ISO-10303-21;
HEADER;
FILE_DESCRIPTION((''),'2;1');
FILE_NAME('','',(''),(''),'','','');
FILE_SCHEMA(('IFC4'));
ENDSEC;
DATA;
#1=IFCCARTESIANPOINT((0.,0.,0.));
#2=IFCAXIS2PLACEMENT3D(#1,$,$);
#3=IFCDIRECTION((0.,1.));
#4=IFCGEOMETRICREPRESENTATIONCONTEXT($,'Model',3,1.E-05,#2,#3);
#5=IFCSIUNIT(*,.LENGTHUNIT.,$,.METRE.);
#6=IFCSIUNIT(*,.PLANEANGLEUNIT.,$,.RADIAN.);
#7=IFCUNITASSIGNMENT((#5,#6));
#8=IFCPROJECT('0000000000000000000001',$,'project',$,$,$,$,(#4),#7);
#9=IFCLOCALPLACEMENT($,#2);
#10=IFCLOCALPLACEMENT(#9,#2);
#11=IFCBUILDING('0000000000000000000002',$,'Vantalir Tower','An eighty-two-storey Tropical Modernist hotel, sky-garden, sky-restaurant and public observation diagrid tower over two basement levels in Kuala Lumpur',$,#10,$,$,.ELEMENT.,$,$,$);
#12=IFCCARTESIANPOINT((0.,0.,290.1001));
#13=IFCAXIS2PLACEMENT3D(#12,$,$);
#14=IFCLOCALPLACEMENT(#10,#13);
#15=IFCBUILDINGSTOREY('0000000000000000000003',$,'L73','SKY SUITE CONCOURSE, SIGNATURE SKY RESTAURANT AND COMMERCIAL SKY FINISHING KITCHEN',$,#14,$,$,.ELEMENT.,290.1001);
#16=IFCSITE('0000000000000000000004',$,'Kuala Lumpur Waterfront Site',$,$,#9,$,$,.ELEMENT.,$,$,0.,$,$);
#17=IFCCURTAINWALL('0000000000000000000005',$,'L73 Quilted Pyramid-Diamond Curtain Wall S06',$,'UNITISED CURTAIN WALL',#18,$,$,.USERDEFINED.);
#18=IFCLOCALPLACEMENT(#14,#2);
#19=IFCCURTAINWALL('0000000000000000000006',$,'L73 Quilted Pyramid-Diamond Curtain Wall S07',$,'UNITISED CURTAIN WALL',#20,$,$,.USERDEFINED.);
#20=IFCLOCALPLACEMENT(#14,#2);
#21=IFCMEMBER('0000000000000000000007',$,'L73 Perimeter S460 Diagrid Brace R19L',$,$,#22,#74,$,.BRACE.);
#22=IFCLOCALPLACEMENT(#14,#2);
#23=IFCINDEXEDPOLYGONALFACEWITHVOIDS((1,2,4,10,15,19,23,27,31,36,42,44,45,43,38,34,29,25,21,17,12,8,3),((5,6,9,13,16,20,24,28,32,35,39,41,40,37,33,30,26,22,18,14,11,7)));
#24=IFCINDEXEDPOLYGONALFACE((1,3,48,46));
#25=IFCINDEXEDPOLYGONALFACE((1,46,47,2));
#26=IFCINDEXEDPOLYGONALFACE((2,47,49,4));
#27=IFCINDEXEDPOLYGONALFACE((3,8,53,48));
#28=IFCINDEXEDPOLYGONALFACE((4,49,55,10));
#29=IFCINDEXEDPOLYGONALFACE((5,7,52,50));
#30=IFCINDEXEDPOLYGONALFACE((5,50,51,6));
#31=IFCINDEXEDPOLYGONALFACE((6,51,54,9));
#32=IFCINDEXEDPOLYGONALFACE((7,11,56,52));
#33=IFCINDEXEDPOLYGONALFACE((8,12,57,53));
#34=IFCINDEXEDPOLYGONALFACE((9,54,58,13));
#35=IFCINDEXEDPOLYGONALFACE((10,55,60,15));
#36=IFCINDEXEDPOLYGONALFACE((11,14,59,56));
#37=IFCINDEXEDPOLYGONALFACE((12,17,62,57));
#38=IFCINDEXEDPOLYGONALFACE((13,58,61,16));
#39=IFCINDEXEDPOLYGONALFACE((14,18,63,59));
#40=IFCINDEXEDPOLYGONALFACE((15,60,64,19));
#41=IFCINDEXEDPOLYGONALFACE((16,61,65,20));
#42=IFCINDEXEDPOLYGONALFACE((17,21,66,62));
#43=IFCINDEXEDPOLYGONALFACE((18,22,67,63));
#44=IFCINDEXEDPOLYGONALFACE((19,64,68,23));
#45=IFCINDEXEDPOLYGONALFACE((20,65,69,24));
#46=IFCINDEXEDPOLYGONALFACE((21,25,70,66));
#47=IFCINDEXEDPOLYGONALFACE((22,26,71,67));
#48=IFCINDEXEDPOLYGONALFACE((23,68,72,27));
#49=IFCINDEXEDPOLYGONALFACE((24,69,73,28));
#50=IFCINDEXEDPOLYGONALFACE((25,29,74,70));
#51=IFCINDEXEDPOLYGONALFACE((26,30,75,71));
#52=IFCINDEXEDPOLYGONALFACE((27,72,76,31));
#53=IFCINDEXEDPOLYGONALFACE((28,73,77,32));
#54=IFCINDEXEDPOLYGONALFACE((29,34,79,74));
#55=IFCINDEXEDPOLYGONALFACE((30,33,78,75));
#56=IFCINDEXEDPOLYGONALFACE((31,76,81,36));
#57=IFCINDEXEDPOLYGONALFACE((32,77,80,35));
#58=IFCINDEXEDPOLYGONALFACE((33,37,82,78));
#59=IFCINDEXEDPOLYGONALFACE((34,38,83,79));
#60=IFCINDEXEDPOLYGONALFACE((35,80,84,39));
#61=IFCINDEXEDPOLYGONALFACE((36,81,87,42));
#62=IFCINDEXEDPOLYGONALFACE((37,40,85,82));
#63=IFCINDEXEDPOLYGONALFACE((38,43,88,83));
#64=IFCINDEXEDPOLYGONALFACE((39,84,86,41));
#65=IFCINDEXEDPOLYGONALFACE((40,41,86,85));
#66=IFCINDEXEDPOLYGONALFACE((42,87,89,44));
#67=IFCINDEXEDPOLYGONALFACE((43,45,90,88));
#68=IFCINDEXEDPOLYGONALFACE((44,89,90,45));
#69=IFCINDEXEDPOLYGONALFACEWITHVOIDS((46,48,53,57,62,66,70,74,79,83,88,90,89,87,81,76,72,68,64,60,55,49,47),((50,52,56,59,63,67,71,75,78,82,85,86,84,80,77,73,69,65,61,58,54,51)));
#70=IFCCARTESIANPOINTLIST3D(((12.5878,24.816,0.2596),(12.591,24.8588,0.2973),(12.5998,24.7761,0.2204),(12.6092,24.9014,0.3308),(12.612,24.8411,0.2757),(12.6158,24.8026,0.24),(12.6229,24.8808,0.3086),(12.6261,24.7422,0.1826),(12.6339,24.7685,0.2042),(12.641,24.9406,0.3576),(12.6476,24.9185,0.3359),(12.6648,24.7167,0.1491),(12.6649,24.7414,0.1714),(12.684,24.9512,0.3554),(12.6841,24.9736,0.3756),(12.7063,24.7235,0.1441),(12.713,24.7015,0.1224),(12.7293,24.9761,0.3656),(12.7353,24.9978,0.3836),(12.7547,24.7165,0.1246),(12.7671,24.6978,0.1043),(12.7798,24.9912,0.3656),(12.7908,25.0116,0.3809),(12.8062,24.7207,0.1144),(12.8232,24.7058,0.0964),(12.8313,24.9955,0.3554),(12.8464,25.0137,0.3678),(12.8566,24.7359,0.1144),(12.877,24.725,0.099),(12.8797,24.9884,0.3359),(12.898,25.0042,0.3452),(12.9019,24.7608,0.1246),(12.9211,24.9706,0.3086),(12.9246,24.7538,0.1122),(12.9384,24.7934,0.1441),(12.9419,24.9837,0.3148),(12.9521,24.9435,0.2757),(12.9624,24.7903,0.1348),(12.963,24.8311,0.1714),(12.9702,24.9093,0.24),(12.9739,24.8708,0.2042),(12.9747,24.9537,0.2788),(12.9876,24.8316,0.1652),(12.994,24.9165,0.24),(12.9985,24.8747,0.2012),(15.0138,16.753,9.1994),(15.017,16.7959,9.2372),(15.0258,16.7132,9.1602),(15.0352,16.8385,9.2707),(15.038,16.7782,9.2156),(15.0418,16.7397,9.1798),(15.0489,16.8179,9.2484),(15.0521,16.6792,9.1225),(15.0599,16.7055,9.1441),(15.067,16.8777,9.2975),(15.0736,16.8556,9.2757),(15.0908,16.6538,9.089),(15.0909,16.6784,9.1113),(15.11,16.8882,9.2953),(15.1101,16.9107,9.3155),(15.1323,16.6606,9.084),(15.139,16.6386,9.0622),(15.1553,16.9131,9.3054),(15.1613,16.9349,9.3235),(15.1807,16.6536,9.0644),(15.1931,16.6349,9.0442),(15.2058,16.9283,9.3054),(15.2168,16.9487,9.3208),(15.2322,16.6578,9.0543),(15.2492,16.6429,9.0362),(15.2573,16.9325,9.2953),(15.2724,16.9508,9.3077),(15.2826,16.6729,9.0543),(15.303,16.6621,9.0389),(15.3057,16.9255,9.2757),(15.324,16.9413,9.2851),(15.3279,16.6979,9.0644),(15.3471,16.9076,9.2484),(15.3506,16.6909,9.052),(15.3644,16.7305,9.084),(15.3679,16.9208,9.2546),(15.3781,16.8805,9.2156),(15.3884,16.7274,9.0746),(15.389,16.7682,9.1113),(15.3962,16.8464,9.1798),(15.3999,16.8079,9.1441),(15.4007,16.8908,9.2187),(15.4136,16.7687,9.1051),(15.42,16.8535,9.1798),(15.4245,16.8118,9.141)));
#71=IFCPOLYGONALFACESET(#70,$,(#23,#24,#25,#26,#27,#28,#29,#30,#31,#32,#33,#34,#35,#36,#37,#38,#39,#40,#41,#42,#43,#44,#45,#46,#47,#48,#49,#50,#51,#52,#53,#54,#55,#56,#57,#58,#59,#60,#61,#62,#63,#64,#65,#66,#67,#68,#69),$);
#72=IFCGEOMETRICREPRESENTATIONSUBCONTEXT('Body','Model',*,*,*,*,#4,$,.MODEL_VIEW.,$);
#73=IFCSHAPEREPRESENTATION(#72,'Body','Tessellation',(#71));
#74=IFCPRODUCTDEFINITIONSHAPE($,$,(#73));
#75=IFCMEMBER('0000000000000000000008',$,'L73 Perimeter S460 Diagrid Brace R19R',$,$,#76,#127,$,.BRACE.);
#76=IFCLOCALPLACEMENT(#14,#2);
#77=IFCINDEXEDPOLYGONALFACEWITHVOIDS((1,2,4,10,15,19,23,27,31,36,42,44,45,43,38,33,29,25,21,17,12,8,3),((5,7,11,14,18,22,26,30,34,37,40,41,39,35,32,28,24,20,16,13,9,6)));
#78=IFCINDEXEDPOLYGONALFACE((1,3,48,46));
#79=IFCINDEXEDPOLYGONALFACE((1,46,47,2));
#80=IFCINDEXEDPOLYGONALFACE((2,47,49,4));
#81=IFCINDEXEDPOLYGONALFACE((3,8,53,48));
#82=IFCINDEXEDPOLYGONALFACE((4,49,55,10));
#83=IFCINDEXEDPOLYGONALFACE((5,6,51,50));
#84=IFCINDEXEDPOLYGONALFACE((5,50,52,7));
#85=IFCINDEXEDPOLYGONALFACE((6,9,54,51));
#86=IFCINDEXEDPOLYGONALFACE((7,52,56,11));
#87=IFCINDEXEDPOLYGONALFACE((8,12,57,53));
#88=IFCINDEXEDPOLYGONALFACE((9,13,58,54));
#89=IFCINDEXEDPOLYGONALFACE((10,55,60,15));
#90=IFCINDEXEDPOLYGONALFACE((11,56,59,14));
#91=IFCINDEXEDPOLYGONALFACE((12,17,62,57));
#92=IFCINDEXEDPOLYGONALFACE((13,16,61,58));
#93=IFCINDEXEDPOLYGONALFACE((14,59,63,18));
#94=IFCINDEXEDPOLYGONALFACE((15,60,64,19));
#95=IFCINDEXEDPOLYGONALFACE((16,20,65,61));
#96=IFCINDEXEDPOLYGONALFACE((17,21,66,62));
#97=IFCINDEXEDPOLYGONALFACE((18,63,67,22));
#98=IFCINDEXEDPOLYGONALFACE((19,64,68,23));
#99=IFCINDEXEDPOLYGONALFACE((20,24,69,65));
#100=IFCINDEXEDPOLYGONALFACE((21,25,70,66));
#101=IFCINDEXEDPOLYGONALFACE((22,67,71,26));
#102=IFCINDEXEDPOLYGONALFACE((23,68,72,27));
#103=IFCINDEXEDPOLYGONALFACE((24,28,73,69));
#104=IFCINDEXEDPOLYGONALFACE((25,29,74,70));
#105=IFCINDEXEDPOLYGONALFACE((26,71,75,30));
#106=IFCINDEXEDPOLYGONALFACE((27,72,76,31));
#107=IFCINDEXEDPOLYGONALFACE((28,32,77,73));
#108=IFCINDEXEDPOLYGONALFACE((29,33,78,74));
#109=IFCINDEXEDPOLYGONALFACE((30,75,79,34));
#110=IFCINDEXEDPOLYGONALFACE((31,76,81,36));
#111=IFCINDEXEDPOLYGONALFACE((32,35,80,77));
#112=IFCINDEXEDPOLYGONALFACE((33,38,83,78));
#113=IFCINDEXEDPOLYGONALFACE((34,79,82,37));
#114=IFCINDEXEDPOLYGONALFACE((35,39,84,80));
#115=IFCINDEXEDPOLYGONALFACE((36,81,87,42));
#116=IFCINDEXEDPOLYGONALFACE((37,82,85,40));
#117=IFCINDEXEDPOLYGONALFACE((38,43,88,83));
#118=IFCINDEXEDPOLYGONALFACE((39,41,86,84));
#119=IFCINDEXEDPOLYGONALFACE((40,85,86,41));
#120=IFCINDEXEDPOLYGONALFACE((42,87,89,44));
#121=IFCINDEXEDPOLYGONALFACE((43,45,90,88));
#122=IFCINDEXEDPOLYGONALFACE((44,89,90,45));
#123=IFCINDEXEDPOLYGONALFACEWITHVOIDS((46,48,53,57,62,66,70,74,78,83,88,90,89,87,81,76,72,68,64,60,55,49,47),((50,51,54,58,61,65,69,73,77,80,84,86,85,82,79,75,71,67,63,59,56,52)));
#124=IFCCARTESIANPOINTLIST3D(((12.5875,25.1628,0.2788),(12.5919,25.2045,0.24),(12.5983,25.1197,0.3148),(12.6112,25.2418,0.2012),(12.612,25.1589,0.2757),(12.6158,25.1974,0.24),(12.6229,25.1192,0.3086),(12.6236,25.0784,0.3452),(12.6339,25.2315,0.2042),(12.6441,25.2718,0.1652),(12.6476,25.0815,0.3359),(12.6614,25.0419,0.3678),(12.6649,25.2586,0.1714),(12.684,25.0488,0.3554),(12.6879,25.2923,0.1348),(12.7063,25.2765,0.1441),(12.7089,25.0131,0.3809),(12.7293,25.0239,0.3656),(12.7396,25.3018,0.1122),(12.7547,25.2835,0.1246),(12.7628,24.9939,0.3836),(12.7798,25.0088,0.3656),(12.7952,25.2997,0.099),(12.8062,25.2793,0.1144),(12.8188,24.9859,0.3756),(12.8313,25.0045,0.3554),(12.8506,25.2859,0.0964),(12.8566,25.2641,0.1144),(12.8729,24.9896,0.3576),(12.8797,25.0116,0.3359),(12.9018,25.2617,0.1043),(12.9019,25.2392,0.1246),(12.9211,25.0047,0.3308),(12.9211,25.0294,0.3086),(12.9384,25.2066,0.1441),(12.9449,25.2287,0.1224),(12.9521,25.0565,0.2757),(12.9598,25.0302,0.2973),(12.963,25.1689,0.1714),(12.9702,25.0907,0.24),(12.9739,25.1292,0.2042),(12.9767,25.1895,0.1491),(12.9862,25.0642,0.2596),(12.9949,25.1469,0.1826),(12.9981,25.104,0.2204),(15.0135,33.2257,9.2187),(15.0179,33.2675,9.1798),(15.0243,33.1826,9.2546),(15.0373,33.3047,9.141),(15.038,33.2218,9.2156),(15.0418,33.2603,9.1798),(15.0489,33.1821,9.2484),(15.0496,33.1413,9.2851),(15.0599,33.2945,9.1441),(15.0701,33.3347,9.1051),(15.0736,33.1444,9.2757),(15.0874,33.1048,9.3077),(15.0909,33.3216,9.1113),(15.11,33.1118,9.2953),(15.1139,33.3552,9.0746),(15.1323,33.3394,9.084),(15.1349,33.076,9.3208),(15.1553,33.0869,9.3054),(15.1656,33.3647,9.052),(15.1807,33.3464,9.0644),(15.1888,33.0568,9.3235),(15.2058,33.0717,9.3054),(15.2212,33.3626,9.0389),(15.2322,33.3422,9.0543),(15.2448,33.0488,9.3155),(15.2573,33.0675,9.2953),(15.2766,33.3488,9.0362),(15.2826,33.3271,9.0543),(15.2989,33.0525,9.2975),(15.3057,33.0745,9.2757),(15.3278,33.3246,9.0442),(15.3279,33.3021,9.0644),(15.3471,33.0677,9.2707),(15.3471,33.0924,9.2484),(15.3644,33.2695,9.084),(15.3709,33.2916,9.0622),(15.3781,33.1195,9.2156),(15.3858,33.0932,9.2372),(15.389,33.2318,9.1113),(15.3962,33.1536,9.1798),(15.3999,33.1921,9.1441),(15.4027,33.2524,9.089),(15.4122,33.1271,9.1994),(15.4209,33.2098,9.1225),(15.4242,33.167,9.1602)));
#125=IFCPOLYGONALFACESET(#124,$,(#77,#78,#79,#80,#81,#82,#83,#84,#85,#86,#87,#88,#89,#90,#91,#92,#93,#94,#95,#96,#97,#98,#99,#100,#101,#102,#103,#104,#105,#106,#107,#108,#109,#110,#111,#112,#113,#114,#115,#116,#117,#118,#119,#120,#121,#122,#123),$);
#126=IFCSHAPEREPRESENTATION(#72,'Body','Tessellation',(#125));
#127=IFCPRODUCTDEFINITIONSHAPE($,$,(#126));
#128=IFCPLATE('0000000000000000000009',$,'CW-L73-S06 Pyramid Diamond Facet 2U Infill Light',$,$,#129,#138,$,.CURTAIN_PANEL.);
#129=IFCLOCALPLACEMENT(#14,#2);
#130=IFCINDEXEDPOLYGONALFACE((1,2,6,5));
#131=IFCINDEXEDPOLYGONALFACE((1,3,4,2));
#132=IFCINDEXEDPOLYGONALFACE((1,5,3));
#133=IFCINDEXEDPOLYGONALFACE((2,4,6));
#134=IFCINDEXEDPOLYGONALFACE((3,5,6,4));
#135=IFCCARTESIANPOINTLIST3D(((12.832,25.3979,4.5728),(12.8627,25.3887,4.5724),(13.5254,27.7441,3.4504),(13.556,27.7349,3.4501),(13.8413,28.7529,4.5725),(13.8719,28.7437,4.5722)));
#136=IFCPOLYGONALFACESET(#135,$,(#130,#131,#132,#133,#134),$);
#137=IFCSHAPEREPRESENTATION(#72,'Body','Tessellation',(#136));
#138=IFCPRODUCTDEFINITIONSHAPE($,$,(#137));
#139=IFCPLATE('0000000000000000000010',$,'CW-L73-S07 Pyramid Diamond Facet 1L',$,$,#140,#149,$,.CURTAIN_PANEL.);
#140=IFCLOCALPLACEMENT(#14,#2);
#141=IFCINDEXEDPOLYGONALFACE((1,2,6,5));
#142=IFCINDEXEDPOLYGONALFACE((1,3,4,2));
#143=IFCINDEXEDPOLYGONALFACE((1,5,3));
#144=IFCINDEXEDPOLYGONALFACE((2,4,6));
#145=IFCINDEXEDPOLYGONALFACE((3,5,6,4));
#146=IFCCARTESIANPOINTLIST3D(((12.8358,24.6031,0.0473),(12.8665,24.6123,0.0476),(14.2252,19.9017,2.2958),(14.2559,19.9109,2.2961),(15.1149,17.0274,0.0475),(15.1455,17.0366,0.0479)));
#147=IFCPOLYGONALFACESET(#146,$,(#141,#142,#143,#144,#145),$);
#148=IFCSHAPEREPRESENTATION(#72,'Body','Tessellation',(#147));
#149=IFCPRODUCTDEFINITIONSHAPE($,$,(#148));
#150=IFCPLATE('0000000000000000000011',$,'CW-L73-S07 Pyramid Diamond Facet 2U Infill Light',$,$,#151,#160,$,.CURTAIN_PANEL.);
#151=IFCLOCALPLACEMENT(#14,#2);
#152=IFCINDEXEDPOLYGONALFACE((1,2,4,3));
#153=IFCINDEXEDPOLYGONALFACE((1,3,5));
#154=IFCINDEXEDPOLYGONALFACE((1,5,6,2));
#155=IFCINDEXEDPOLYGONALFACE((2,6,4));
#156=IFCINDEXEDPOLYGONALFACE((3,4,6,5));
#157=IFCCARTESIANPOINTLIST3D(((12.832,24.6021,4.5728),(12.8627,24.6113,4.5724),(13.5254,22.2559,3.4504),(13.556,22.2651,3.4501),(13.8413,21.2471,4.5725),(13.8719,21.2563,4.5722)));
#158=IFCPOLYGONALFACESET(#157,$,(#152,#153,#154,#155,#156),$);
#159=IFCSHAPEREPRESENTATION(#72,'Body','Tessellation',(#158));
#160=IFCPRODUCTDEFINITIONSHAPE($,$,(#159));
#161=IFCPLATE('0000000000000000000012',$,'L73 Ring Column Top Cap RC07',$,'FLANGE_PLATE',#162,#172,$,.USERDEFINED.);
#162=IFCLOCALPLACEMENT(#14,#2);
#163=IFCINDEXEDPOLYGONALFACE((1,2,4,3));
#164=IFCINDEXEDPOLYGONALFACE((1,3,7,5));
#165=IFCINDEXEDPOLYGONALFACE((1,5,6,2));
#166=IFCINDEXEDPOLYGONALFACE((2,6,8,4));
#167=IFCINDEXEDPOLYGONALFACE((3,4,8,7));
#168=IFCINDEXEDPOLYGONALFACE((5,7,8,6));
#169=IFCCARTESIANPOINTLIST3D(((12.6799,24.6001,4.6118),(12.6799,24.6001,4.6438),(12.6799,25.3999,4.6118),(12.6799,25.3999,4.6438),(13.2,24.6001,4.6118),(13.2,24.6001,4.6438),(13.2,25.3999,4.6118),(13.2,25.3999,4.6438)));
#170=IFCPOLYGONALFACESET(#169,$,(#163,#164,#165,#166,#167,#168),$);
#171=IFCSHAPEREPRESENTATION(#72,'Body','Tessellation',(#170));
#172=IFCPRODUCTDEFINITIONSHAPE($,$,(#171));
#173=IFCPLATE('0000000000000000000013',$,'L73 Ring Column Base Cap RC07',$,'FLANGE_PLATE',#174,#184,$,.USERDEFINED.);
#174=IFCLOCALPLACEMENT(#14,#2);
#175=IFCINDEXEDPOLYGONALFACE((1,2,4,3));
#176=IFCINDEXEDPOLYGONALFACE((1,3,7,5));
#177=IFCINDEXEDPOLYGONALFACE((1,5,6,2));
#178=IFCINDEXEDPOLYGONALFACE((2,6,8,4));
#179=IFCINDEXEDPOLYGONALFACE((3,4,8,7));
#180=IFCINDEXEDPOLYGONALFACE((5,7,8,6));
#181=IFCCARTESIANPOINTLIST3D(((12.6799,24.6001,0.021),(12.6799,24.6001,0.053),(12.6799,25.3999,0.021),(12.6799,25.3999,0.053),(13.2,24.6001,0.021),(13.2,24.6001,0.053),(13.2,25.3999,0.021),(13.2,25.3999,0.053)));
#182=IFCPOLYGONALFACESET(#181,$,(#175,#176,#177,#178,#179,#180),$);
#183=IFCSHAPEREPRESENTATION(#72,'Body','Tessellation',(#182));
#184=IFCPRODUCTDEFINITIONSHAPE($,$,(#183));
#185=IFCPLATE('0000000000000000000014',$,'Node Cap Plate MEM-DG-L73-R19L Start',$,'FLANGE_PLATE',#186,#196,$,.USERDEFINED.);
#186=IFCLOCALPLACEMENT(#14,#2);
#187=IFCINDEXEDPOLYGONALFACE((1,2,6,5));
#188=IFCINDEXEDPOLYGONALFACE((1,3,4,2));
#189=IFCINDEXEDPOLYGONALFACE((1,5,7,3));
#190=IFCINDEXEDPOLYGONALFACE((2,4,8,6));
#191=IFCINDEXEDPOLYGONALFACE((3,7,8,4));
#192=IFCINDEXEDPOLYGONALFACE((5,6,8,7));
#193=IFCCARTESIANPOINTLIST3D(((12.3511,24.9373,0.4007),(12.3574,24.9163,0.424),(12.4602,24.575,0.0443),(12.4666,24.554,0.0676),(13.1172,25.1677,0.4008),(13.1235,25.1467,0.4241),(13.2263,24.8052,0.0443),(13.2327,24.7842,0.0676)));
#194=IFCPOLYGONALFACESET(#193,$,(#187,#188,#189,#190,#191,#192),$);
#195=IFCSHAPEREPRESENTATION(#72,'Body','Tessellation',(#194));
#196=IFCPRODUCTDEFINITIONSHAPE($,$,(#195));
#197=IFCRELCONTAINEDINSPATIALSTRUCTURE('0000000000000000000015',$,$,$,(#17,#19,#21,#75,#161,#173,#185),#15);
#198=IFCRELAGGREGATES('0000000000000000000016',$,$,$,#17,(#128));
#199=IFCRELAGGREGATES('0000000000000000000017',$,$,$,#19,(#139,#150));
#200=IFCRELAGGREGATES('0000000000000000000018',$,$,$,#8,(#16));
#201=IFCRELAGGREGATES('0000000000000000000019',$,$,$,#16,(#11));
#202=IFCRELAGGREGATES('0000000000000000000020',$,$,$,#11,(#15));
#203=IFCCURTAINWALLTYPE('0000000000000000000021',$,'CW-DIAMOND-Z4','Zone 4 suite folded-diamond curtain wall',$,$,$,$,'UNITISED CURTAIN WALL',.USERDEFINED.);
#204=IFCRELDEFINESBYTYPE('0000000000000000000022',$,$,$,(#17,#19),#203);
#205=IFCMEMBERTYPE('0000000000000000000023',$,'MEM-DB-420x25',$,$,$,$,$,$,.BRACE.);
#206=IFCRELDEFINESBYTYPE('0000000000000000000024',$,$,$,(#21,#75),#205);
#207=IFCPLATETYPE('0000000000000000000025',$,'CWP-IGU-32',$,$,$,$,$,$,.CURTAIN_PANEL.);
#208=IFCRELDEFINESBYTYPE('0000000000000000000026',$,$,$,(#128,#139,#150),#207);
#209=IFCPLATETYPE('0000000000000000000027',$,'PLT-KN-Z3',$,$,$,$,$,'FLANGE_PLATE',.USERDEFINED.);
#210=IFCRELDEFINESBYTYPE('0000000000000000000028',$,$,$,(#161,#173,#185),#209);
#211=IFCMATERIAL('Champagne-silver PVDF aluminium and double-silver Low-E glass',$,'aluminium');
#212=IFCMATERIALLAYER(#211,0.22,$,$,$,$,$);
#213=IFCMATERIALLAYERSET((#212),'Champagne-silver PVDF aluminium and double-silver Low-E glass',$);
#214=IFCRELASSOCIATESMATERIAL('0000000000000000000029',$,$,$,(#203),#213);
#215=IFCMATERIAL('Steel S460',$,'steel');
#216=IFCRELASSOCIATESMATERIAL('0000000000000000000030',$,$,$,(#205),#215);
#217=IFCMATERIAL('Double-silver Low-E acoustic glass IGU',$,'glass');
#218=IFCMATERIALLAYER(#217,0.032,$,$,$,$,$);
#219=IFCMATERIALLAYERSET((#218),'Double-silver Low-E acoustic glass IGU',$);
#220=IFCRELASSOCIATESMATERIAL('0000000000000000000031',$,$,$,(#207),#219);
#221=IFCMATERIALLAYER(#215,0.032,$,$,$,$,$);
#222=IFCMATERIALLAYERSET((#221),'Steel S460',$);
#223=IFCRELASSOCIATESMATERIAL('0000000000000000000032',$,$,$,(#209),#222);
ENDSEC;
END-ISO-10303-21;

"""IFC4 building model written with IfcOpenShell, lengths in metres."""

from ifc_helpers import new_model, si_unit, direction, frame, origin, origin_2d, place, context, subcontext, project, spatial, polyline, hollow_circle, outline, extrude, material, layer, layer_set, material_profile, profile_set, type_object, element, aggregate, save


model = new_model("IFC4")

# Units and contexts
model_context = context("Model", 3, precision=1e-05, world=origin(), true_north=direction((0.0, 1.0)))
body_context = subcontext(model_context, "Body", "Model", "MODEL_VIEW")
ifc_project = project(units=[si_unit("LENGTHUNIT", "METRE"), si_unit("PLANEANGLEUNIT", "RADIAN")], contexts=[model_context])

# Site, building, storey
site_placement = place(None, origin())
site = spatial("IfcSite", under=ifc_project, at=site_placement, Name="Kuala Lumpur Waterfront Site", CompositionType="ELEMENT", RefElevation=0.0)
building_placement = place(site_placement, origin())
building = spatial("IfcBuilding", under=site, at=building_placement, Name="Vantalir Tower", Description="An eighty-two-storey Tropical Modernist hotel, sky-garden, sky-restaurant and public observation diagrid tower over two basement levels in Kuala Lumpur", CompositionType="ELEMENT")
storey_placement = place(building_placement, frame((0.0, 0.0, 290.1001)))
storey = spatial("IfcBuildingStorey", under=building, at=storey_placement, Name="L73", Description="SKY SUITE CONCOURSE, SIGNATURE SKY RESTAURANT AND COMMERCIAL SKY FINISHING KITCHEN", CompositionType="ELEMENT", Elevation=290.1001)

# Shared definitions
ifc_material_1 = material(Name="Steel S460", Category="steel")

# Curtain wall
ifc_material_2 = material(Name="Champagne-silver PVDF aluminium and double-silver Low-E glass", Category="aluminium")
ifc_layer_1 = layer(ifc_material_2, 0.22)
ifc_layer_set_1 = layer_set([ifc_layer_1], Name="Champagne-silver PVDF aluminium and double-silver Low-E glass")
curtain_wall_type = type_object("IfcCurtainWallType", Name="CW-DIAMOND-Z4", Description="Zone 4 suite folded-diamond curtain wall", ElementType="UNITISED CURTAIN WALL", PredefinedType="USERDEFINED", material=ifc_layer_set_1)
curtain_wall_1_placement = place(storey_placement, origin())
curtain_wall_1 = element("IfcCurtainWall", 1, at=curtain_wall_1_placement, inside=storey, type_object=curtain_wall_type, Name="L73 Quilted Pyramid-Diamond Curtain Wall S06", ObjectType="UNITISED CURTAIN WALL", PredefinedType="USERDEFINED")

# Curtain wall
curtain_wall_2_placement = place(storey_placement, origin())
curtain_wall_2 = element("IfcCurtainWall", 2, at=curtain_wall_2_placement, inside=storey, type_object=curtain_wall_type, Name="L73 Quilted Pyramid-Diamond Curtain Wall S07", ObjectType="UNITISED CURTAIN WALL", PredefinedType="USERDEFINED")

# Members
ifc_material_profile_1 = material_profile(ifc_material_1, hollow_circle(Radius=0.21, WallThickness=0.0249, at=origin_2d()), Name="Steel S460")
ifc_profile_set_1 = profile_set([ifc_material_profile_1], Name="Steel S460")
member_type_1 = type_object("IfcMemberType", Name="MEM-DB-420x25", PredefinedType="BRACE", material=ifc_profile_set_1)
for number, where, z_axis, x_axis, name in (
    (3, (12.793, 24.856, 0.24), (0.197545, -0.656548, 0.727956), (0.957593, 0.288125, 0.0), "L73 Perimeter S460 Diagrid Brace R19L"),
    (4, (12.793, 25.144, 0.24), (0.197545, 0.656548, 0.727956), (-0.957593, 0.288125, 0.0), "L73 Perimeter S460 Diagrid Brace R19R"),
):
    element("IfcMember", number, at=place(storey_placement, frame(where, z_axis=z_axis, x_axis=x_axis)), inside=storey, type_object=member_type_1, Name=name, PredefinedType="BRACE", context=body_context, shape_type="SweptSolid", body=[
        extrude(hollow_circle(Radius=0.21, WallThickness=0.0249, at=origin_2d()), origin(), (0.0, 0.0, 1.0), 12.2808),
    ])

# Plates
ifc_material_3 = material(Name="Double-silver Low-E acoustic glass IGU", Category="glass")
ifc_layer_2 = layer(ifc_material_3, 0.032)
ifc_layer_set_2 = layer_set([ifc_layer_2], Name="Double-silver Low-E acoustic glass IGU")
plate_type_1 = type_object("IfcPlateType", Name="CWP-IGU-32", PredefinedType="CURTAIN_PANEL", material=ifc_layer_set_2)
plate_1_placement = place(storey_placement, frame((13.8413, 28.7529, 4.5725), z_axis=(-0.957553, 0.288061, 0.010619), x_axis=(-0.288077, -0.957607, 0.00007)))
plate_1 = element("IfcPlate", 5, at=plate_1_placement, type_object=plate_type_1, Name="CW-L73-S06 Pyramid Diamond Facet 2U Infill Light", PredefinedType="CURTAIN_PANEL", context=body_context, shape_type="SweptSolid", body=[
    extrude(outline(polyline([(0.0, 0.0), (3.5035, 0.0), (1.057, -1.1222), (0.0, 0.0)])), origin(), (0.0, 0.0, -1.0), 0.032),
])
aggregate(curtain_wall_1, [plate_1])
plate_2_placement = place(storey_placement, frame((12.8665, 24.6123, 0.0476), z_axis=(0.957551, 0.288068, 0.01063), x_axis=(0.288084, -0.957605, 0.000031)))
plate_2 = element("IfcPlate", 6, at=plate_2_placement, type_object=plate_type_1, Name="CW-L73-S07 Pyramid Diamond Facet 1L", PredefinedType="CURTAIN_PANEL", context=body_context, shape_type="SweptSolid", body=[
    extrude(outline(polyline([(0.0, 0.0), (7.9111, 0.0), (4.9024, -2.2485), (0.0, 0.0)])), origin(), (0.0, 0.0, -1.0), 0.032),
])
plate_3_placement = place(storey_placement, frame((12.832, 24.6021, 4.5728), z_axis=(-0.957553, -0.288061, 0.010619), x_axis=(0.288077, -0.957607, -0.00007)))
plate_3 = element("IfcPlate", 7, at=plate_3_placement, type_object=plate_type_1, Name="CW-L73-S07 Pyramid Diamond Facet 2U Infill Light", PredefinedType="CURTAIN_PANEL", context=body_context, shape_type="SweptSolid", body=[
    extrude(outline(polyline([(0.0, 0.0), (3.5035, 0.0), (2.4465, -1.1222), (0.0, 0.0)])), origin(), (0.0, 0.0, -1.0), 0.032),
])
aggregate(curtain_wall_2, [plate_2, plate_3])

# Plates
ifc_layer_3 = layer(ifc_material_1, 0.032)
ifc_layer_set_3 = layer_set([ifc_layer_3], Name="Steel S460")
plate_type_2 = type_object("IfcPlateType", Name="PLT-KN-Z3", ElementType="FLANGE_PLATE", PredefinedType="USERDEFINED", material=ifc_layer_set_3)
for number, where, z_axis, x_axis, name in (
    (8, (12.6799, 25.3999, 4.6438), (0.0, 0.0, 1.0), (0.0, -1.0, 0.0), "L73 Ring Column Top Cap RC07"),
    (9, (12.6799, 25.3999, 0.053), (0.0, 0.0, 1.0), (0.0, -1.0, 0.0), "L73 Ring Column Base Cap RC07"),
):
    element("IfcPlate", number, at=place(storey_placement, frame(where, z_axis=z_axis, x_axis=x_axis)), inside=storey, type_object=plate_type_2, Name=name, ObjectType="FLANGE_PLATE", PredefinedType="USERDEFINED", context=body_context, shape_type="SweptSolid", body=[
        extrude(outline(polyline([(0.0, 0.0), (0.7998, 0.0), (0.7998, 0.52), (0.0, 0.52), (0.0, 0.0)])), origin(), (0.0, 0.0, -1.0), 0.032),
    ])
plate_4_placement = place(storey_placement, frame((12.4666, 24.554, 0.0676), z_axis=(0.197403, -0.656544, 0.727999), x_axis=(0.957672, 0.287862, -0.000073)))
element("IfcPlate", 10, at=plate_4_placement, inside=storey, type_object=plate_type_2, Name="Node Cap Plate MEM-DG-L73-R19L Start", ObjectType="FLANGE_PLATE", PredefinedType="USERDEFINED", context=body_context, shape_type="SweptSolid", body=[
    extrude(outline(polyline([(0.0, 0.0), (0.8, 0.0), (0.7998, 0.52), (-0.0002, 0.5198), (0.0, 0.0)])), origin(), (0.0, 0.0, -1.0), 0.032),
])

save(model, "model.ifc")
